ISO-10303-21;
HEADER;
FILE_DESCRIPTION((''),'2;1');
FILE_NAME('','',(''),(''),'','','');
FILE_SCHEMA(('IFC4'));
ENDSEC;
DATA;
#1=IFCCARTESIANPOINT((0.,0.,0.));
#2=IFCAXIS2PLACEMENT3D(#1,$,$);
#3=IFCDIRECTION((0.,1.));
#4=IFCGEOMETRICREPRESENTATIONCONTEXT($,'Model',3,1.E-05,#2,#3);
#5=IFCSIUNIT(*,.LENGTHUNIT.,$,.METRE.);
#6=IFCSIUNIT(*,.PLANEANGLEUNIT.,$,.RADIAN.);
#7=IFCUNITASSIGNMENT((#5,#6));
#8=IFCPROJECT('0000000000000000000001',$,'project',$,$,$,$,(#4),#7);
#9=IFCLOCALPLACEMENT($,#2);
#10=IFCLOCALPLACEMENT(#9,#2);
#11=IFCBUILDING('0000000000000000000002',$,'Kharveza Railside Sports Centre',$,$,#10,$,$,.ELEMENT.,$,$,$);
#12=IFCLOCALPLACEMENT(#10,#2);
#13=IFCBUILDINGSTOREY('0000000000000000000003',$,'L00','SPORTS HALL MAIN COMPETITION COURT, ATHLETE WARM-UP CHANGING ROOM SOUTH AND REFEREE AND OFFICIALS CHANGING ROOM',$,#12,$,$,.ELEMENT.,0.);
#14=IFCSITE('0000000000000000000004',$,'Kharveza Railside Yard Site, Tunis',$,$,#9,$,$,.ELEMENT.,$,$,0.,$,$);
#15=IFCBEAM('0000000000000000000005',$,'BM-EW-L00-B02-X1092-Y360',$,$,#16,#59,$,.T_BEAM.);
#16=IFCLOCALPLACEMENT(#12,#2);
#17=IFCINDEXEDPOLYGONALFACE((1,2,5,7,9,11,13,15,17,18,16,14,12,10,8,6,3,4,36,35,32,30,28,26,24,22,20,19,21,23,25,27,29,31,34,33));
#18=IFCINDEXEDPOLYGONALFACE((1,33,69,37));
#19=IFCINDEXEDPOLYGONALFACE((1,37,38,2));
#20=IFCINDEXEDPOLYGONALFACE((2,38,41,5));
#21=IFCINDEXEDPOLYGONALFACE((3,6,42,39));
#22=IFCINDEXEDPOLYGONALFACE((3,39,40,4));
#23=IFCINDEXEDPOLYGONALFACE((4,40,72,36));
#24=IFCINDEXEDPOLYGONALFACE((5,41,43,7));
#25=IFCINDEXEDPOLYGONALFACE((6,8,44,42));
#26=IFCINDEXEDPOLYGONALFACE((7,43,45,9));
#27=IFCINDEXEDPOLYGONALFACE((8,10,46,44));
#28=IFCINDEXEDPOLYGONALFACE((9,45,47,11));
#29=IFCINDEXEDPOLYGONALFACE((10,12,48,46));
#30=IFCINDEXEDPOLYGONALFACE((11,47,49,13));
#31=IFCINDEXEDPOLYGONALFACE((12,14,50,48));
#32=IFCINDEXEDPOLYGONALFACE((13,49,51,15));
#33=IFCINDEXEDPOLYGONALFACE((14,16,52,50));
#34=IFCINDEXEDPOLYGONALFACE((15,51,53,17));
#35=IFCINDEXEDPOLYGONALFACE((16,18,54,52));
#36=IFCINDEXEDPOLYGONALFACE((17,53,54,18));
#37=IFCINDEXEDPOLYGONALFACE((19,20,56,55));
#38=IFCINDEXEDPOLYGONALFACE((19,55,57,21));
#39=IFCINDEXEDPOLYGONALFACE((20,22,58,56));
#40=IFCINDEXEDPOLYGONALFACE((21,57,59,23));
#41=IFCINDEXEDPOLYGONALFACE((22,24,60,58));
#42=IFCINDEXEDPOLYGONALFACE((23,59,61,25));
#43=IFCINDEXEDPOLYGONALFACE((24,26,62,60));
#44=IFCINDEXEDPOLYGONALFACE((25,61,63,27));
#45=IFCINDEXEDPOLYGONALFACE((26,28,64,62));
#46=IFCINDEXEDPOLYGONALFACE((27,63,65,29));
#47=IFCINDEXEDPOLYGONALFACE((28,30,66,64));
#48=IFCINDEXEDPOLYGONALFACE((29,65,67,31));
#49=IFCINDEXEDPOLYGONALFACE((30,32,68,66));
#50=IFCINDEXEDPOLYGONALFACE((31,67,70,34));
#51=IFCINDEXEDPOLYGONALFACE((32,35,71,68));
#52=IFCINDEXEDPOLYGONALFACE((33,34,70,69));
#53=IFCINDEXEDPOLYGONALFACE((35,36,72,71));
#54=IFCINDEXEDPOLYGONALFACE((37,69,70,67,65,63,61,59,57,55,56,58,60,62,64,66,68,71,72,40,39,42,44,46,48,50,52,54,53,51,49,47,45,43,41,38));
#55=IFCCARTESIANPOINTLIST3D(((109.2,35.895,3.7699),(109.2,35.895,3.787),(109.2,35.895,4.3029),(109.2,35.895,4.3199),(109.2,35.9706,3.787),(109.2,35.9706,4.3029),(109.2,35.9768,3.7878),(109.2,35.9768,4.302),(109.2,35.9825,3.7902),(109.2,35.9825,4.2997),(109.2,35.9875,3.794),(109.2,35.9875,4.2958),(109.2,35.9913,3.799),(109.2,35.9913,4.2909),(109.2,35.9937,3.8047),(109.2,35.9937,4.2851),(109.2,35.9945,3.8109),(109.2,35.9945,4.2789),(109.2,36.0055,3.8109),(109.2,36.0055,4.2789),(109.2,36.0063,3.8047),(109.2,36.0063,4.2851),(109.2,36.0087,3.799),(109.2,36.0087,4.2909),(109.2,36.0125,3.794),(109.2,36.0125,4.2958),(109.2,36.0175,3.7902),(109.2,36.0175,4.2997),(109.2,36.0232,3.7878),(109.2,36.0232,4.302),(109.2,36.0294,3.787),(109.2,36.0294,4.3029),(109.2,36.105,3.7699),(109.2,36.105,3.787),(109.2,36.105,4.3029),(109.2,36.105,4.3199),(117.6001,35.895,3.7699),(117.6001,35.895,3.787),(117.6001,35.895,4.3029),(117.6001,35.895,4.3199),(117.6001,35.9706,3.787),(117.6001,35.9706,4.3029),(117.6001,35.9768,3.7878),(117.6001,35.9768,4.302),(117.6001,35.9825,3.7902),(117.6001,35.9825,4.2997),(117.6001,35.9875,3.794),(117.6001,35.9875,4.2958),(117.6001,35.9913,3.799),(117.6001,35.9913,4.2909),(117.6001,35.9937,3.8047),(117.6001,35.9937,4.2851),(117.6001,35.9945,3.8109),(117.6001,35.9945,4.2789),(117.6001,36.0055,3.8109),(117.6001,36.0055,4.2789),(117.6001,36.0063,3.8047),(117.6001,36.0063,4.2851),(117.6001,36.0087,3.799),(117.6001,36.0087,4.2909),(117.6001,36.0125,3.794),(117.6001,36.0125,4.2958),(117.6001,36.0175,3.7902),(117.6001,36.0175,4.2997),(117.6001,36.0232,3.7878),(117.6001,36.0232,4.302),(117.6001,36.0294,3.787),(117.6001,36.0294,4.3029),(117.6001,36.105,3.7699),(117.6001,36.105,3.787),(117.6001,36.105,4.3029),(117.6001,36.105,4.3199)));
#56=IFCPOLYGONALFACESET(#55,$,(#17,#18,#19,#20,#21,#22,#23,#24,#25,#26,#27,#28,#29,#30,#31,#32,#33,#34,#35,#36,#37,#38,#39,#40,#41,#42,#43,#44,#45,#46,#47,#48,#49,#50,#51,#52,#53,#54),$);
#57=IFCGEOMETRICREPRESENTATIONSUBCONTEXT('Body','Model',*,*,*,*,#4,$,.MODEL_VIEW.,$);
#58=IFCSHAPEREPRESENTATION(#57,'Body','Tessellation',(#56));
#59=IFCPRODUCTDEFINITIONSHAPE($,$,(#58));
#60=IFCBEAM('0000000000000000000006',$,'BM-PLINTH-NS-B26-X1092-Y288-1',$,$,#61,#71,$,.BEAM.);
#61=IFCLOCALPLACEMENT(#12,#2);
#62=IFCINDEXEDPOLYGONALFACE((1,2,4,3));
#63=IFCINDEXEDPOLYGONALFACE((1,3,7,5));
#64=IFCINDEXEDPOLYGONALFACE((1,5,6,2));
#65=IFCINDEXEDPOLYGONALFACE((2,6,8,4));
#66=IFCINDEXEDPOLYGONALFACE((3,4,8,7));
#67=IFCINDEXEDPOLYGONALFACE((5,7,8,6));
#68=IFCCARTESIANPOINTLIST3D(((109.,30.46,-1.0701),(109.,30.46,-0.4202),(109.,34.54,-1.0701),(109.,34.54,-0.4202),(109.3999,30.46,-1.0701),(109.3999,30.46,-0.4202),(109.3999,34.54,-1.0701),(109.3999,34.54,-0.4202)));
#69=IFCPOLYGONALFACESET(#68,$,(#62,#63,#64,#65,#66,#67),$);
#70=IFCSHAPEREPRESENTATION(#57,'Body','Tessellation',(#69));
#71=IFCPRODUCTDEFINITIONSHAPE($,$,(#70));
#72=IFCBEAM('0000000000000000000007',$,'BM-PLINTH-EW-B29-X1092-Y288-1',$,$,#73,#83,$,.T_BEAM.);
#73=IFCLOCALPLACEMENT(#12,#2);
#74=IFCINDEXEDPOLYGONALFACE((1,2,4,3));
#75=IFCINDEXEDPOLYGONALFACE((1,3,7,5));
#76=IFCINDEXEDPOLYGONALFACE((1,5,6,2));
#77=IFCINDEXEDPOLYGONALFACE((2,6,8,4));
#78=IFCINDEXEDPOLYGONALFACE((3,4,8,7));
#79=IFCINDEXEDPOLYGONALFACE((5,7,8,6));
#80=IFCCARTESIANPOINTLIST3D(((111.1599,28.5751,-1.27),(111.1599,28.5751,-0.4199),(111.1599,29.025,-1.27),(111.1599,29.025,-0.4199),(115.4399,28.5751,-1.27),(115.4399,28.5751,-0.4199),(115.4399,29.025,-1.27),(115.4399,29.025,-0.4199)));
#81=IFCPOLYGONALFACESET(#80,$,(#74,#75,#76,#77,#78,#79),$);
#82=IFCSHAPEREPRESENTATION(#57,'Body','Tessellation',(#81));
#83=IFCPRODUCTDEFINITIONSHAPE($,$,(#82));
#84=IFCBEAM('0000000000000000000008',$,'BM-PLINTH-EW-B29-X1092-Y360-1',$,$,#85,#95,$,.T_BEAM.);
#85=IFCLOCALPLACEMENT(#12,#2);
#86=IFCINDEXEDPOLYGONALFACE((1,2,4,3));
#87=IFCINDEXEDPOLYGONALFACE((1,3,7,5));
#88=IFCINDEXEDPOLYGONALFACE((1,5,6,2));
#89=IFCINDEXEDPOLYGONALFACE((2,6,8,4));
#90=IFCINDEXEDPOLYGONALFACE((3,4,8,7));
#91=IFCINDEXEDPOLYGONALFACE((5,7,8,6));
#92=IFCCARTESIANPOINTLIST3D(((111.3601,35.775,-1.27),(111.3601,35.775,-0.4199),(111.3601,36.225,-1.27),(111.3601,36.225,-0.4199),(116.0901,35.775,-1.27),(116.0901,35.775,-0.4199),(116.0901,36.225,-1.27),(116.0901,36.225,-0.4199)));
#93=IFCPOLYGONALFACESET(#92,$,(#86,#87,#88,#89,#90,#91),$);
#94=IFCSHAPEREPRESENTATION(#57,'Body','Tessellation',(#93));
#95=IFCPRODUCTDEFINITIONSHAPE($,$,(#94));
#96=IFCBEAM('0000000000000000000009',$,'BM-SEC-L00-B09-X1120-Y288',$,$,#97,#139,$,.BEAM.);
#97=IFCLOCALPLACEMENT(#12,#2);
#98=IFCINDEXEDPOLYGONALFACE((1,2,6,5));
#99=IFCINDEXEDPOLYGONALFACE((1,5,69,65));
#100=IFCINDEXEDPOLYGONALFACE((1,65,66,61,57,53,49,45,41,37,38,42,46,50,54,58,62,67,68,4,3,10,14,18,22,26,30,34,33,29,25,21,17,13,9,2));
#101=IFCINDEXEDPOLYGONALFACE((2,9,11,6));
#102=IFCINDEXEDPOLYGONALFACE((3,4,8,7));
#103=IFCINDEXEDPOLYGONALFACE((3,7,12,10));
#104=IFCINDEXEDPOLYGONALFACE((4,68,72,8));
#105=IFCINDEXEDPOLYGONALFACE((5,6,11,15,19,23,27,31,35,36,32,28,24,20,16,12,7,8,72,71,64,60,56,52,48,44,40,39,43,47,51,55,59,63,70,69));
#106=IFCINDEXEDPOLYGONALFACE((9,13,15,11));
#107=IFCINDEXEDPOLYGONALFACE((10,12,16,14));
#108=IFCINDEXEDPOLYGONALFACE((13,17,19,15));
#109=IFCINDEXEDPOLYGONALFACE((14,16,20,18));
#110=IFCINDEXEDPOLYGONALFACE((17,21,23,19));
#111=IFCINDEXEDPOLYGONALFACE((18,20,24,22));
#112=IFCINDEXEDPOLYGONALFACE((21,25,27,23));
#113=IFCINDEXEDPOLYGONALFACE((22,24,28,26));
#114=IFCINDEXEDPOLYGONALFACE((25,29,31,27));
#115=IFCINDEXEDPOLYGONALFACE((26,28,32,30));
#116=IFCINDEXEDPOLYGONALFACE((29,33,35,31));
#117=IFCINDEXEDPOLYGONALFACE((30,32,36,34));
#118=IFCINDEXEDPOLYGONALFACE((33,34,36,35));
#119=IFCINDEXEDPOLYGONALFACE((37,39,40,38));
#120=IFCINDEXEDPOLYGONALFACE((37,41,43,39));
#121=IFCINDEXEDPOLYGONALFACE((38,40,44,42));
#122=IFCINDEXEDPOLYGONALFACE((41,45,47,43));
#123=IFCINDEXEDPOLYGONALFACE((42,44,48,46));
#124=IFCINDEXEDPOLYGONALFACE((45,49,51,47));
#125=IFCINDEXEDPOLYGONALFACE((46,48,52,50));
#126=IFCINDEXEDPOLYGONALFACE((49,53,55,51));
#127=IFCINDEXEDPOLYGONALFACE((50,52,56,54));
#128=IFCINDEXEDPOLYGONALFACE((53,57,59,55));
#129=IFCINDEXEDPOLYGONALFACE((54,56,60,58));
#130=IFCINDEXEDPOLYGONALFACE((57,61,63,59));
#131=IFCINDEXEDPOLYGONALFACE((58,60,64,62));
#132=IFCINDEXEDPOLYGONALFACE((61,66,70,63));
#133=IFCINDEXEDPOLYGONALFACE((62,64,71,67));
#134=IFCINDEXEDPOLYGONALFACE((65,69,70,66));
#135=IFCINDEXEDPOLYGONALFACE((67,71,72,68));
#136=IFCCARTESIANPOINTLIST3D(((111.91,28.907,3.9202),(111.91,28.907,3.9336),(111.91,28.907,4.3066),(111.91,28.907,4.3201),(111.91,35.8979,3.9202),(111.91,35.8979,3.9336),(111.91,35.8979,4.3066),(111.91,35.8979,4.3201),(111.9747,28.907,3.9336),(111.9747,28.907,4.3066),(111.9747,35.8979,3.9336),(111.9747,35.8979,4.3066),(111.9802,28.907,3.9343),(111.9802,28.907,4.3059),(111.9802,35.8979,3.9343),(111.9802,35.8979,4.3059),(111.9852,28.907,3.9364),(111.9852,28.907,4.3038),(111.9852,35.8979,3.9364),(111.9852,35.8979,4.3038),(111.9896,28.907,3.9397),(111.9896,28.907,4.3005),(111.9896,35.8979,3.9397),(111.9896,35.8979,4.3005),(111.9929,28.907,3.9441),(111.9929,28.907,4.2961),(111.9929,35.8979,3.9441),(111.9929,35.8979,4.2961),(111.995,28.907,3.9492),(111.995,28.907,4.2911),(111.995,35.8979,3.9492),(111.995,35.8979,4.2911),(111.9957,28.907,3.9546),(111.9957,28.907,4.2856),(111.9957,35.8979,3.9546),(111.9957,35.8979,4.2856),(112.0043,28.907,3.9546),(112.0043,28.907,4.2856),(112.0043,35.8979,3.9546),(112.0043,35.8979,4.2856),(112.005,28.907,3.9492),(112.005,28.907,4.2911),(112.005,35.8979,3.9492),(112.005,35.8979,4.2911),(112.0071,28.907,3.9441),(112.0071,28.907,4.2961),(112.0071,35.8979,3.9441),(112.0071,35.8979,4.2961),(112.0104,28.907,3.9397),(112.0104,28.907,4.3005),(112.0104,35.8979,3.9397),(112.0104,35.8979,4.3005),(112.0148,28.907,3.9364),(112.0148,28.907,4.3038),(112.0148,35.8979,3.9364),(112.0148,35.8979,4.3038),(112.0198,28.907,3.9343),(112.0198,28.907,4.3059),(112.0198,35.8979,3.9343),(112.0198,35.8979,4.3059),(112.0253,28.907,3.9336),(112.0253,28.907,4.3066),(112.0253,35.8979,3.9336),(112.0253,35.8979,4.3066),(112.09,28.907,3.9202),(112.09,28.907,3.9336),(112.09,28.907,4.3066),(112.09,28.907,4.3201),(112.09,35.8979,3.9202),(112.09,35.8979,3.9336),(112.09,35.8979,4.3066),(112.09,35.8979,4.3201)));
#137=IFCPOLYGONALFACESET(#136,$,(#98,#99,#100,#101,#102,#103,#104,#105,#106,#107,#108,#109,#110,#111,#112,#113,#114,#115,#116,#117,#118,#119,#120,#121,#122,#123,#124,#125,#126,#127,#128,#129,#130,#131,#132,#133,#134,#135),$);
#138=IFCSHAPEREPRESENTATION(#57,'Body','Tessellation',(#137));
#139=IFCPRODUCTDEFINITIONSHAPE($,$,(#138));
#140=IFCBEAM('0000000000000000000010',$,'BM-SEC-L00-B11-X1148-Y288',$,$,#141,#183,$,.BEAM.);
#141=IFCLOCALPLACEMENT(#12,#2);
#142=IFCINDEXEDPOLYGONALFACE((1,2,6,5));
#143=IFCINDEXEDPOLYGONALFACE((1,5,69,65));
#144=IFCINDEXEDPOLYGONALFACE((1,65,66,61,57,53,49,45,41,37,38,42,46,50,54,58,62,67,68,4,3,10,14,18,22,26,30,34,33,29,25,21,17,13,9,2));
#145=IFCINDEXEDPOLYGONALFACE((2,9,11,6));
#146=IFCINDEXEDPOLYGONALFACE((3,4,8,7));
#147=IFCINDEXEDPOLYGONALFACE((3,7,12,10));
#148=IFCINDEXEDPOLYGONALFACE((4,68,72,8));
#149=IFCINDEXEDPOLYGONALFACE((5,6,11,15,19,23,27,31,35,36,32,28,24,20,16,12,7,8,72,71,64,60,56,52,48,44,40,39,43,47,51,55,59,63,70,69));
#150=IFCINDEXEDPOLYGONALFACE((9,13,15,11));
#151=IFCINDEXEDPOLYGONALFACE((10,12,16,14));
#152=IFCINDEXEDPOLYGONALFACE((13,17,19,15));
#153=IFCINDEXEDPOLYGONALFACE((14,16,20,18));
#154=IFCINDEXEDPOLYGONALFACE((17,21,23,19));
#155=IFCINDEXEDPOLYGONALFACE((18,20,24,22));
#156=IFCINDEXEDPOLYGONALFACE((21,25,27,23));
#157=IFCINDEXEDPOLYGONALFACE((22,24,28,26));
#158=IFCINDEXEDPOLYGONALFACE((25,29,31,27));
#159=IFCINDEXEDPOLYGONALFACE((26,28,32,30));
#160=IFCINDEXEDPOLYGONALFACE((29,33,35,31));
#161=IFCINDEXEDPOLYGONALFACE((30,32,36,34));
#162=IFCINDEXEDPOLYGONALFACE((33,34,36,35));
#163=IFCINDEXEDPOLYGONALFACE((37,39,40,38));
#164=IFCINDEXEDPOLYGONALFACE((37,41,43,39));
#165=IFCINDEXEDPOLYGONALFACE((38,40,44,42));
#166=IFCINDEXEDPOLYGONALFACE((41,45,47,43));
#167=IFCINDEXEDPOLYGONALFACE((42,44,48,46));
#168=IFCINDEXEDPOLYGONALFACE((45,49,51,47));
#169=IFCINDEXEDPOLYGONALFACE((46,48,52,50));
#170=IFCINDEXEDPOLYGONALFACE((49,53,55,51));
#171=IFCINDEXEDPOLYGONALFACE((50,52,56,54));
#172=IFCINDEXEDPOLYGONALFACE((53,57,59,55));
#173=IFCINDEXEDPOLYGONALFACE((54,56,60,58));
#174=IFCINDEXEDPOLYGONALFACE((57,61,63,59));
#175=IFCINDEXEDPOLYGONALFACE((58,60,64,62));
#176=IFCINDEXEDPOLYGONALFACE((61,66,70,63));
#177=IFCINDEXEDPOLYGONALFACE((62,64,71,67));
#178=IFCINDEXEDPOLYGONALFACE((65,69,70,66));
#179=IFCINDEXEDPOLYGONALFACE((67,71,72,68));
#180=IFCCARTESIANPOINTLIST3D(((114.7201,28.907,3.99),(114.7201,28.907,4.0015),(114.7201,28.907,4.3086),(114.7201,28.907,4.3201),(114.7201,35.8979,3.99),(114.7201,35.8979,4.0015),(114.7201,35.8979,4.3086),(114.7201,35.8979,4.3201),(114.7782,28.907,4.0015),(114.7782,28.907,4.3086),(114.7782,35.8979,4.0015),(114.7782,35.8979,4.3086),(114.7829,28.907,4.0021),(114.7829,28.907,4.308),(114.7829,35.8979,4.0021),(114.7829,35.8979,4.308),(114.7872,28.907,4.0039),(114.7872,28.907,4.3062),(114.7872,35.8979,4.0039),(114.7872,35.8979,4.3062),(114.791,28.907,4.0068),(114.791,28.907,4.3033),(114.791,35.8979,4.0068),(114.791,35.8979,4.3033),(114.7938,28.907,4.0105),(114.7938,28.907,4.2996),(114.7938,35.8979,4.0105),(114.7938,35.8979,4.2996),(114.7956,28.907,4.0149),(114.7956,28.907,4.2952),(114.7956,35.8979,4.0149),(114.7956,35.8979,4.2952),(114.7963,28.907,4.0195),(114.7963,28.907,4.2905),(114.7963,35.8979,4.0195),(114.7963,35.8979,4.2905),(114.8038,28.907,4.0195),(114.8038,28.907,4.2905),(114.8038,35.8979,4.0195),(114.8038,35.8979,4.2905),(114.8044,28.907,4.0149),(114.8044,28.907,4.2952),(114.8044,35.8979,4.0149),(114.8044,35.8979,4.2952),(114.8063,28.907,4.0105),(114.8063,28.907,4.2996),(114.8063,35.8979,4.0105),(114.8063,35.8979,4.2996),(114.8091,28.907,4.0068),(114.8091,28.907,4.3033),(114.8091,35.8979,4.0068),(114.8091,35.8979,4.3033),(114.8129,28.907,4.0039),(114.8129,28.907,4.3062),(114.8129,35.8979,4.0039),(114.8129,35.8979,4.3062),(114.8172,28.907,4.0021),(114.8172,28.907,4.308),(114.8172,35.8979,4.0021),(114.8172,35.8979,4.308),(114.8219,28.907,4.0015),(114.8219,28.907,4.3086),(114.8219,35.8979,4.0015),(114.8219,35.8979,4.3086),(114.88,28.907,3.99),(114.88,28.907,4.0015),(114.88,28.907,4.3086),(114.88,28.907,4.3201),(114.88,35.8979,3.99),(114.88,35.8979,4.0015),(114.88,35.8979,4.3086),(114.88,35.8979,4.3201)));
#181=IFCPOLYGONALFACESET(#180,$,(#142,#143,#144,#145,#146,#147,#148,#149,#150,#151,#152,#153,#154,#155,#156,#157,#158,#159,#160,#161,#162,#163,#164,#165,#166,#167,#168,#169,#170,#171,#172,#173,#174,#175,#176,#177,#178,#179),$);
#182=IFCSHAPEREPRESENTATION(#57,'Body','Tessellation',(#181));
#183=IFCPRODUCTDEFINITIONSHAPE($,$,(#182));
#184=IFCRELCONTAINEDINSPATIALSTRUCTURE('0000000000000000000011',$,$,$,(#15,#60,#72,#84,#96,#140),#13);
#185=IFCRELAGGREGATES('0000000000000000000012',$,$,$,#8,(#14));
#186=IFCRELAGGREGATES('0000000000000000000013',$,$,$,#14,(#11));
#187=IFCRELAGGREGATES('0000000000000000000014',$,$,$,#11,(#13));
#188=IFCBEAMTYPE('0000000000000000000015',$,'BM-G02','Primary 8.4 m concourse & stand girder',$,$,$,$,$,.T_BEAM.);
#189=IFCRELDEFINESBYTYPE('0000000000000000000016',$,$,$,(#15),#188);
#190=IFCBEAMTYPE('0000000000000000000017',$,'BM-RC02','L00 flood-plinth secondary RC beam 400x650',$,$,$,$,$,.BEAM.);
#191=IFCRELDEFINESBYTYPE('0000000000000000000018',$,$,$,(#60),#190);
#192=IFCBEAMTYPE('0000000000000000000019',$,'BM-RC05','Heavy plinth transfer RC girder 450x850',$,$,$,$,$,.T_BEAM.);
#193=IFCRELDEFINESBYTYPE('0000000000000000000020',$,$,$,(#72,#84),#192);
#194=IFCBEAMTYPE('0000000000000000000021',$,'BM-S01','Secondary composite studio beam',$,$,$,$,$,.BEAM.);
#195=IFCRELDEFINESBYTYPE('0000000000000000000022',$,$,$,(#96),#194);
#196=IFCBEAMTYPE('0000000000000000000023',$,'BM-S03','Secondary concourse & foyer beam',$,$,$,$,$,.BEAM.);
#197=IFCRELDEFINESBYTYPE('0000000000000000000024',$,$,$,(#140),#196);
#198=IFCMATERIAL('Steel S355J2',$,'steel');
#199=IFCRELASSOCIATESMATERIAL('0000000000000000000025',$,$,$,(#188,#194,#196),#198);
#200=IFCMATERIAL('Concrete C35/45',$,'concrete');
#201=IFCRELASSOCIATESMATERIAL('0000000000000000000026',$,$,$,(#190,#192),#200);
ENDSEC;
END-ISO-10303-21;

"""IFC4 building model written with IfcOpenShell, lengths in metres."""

from ifc_helpers import new_model, si_unit, direction, frame, origin, origin_2d, place, context, subcontext, project, spatial, rectangle, i_section, extrude, material, material_profile, profile_set, type_object, element, save


model = new_model("IFC4")

# Units and contexts
model_context = context("Model", 3, precision=1e-05, world=origin(), true_north=direction((0.0, 1.0)))
body_context = subcontext(model_context, "Body", "Model", "MODEL_VIEW")
ifc_project = project(units=[si_unit("LENGTHUNIT", "METRE"), si_unit("PLANEANGLEUNIT", "RADIAN")], contexts=[model_context])

# Site, building, storey
site_placement = place(None, origin())
site = spatial("IfcSite", under=ifc_project, at=site_placement, Name="Kharveza Railside Yard Site, Tunis", CompositionType="ELEMENT", RefElevation=0.0)
building_placement = place(site_placement, origin())
building = spatial("IfcBuilding", under=site, at=building_placement, Name="Kharveza Railside Sports Centre", CompositionType="ELEMENT")
storey_placement = place(building_placement, origin())
storey = spatial("IfcBuildingStorey", under=building, at=storey_placement, Name="L00", Description="SPORTS HALL MAIN COMPETITION COURT, ATHLETE WARM-UP CHANGING ROOM SOUTH AND REFEREE AND OFFICIALS CHANGING ROOM", CompositionType="ELEMENT", Elevation=0.0)

# Shared definitions
ifc_material_1 = material(Name="Concrete C35/45", Category="concrete")

# Shared definitions
ifc_material_2 = material(Name="Steel S355J2", Category="steel")

# Beams
ifc_material_profile_1 = material_profile(ifc_material_2, i_section(OverallWidth=0.21, OverallDepth=0.55, WebThickness=0.011, FlangeThickness=0.0171, FilletRadius=0.0239, at=origin_2d()), Name="IPE 550")
ifc_profile_set_1 = profile_set([ifc_material_profile_1], Name="Steel S355J2")
beam_type_1 = type_object("IfcBeamType", Name="BM-G02", Description="Primary 8.4 m concourse & stand girder", PredefinedType="T_BEAM", material=ifc_profile_set_1)
beam_1_placement = place(storey_placement, frame((109.2, 36.0, 4.0449), z_axis=(1.0, 0.0, 0.0), x_axis=(0.0, 1.0, 0.0)))
element("IfcBeam", 1, at=beam_1_placement, inside=storey, type_object=beam_type_1, Name="BM-EW-L00-B02-X1092-Y360", PredefinedType="T_BEAM", context=body_context, shape_type="SweptSolid", body=[
    extrude(i_section(OverallWidth=0.21, OverallDepth=0.55, WebThickness=0.011, FlangeThickness=0.0171, FilletRadius=0.0239, at=origin_2d()), origin(), (0.0, 0.0, 1.0), 8.4001),
])
ifc_material_profile_2 = material_profile(ifc_material_1, rectangle(XDim=0.3999, YDim=0.6499, at=origin_2d()), Name="RCB 400x650")
ifc_profile_set_2 = profile_set([ifc_material_profile_2], Name="Concrete C35/45")
beam_type_2 = type_object("IfcBeamType", Name="BM-RC02", Description="L00 flood-plinth secondary RC beam 400x650", PredefinedType="BEAM", material=ifc_profile_set_2)
beam_2_placement = place(storey_placement, frame((109.2, 30.46, -0.7451), z_axis=(0.0, 1.0, 0.0), x_axis=(-1.0, 0.0, 0.0)))
element("IfcBeam", 2, at=beam_2_placement, inside=storey, type_object=beam_type_2, Name="BM-PLINTH-NS-B26-X1092-Y288-1", PredefinedType="BEAM", context=body_context, shape_type="SweptSolid", body=[
    extrude(rectangle(XDim=0.3999, YDim=0.6499, at=origin_2d()), origin(), (0.0, 0.0, 1.0), 4.0801),
])
ifc_material_profile_3 = material_profile(ifc_material_1, rectangle(XDim=0.45, YDim=0.8501, at=origin_2d()), Name="RCB 450x850")
ifc_profile_set_3 = profile_set([ifc_material_profile_3], Name="Concrete C35/45")
beam_type_3 = type_object("IfcBeamType", Name="BM-RC05", Description="Heavy plinth transfer RC girder 450x850", PredefinedType="T_BEAM", material=ifc_profile_set_3)
beam_3_placement = place(storey_placement, frame((111.1599, 28.8, -0.845), z_axis=(1.0, 0.0, 0.0), x_axis=(0.0, 1.0, 0.0)))
element("IfcBeam", 3, at=beam_3_placement, inside=storey, type_object=beam_type_3, Name="BM-PLINTH-EW-B29-X1092-Y288-1", PredefinedType="T_BEAM", context=body_context, shape_type="SweptSolid", body=[
    extrude(rectangle(XDim=0.45, YDim=0.8501, at=origin_2d()), origin(), (0.0, 0.0, 1.0), 4.28),
])
beam_4_placement = place(storey_placement, frame((111.3601, 36.0, -0.845), z_axis=(1.0, 0.0, 0.0), x_axis=(0.0, 1.0, 0.0)))
element("IfcBeam", 4, at=beam_4_placement, inside=storey, type_object=beam_type_3, Name="BM-PLINTH-EW-B29-X1092-Y360-1", PredefinedType="T_BEAM", context=body_context, shape_type="SweptSolid", body=[
    extrude(rectangle(XDim=0.45, YDim=0.8501, at=origin_2d()), origin(), (0.0, 0.0, 1.0), 4.73),
])
ifc_material_profile_4 = material_profile(ifc_material_2, i_section(OverallWidth=0.1799, OverallDepth=0.3999, WebThickness=0.0085, FlangeThickness=0.0134, FilletRadius=0.021, at=origin_2d()), Name="IPE 400")
ifc_profile_set_4 = profile_set([ifc_material_profile_4], Name="Steel S355J2")
beam_type_4 = type_object("IfcBeamType", Name="BM-S01", Description="Secondary composite studio beam", PredefinedType="BEAM", material=ifc_profile_set_4)
beam_5_placement = place(storey_placement, frame((112.0, 28.907, 4.1201), z_axis=(0.0, 1.0, 0.0), x_axis=(-1.0, 0.0, 0.0)))
element("IfcBeam", 5, at=beam_5_placement, inside=storey, type_object=beam_type_4, Name="BM-SEC-L00-B09-X1120-Y288", PredefinedType="BEAM", context=body_context, shape_type="SweptSolid", body=[
    extrude(i_section(OverallWidth=0.1799, OverallDepth=0.3999, WebThickness=0.0085, FlangeThickness=0.0134, FilletRadius=0.021, at=origin_2d()), origin(), (0.0, 0.0, 1.0), 6.991),
])
ifc_material_profile_5 = material_profile(ifc_material_2, i_section(OverallWidth=0.1599, OverallDepth=0.3301, WebThickness=0.0076, FlangeThickness=0.0115, FilletRadius=0.0181, at=origin_2d()), Name="IPE 330")
ifc_profile_set_5 = profile_set([ifc_material_profile_5], Name="Steel S355J2")
beam_type_5 = type_object("IfcBeamType", Name="BM-S03", Description="Secondary concourse & foyer beam", PredefinedType="BEAM", material=ifc_profile_set_5)
beam_6_placement = place(storey_placement, frame((114.8, 28.907, 4.155), z_axis=(0.0, 1.0, 0.0), x_axis=(-1.0, 0.0, 0.0)))
element("IfcBeam", 6, at=beam_6_placement, inside=storey, type_object=beam_type_5, Name="BM-SEC-L00-B11-X1148-Y288", PredefinedType="BEAM", context=body_context, shape_type="SweptSolid", body=[
    extrude(i_section(OverallWidth=0.1599, OverallDepth=0.3301, WebThickness=0.0076, FlangeThickness=0.0115, FilletRadius=0.0181, at=origin_2d()), origin(), (0.0, 0.0, 1.0), 6.991),
])

save(model, "model.ifc")
